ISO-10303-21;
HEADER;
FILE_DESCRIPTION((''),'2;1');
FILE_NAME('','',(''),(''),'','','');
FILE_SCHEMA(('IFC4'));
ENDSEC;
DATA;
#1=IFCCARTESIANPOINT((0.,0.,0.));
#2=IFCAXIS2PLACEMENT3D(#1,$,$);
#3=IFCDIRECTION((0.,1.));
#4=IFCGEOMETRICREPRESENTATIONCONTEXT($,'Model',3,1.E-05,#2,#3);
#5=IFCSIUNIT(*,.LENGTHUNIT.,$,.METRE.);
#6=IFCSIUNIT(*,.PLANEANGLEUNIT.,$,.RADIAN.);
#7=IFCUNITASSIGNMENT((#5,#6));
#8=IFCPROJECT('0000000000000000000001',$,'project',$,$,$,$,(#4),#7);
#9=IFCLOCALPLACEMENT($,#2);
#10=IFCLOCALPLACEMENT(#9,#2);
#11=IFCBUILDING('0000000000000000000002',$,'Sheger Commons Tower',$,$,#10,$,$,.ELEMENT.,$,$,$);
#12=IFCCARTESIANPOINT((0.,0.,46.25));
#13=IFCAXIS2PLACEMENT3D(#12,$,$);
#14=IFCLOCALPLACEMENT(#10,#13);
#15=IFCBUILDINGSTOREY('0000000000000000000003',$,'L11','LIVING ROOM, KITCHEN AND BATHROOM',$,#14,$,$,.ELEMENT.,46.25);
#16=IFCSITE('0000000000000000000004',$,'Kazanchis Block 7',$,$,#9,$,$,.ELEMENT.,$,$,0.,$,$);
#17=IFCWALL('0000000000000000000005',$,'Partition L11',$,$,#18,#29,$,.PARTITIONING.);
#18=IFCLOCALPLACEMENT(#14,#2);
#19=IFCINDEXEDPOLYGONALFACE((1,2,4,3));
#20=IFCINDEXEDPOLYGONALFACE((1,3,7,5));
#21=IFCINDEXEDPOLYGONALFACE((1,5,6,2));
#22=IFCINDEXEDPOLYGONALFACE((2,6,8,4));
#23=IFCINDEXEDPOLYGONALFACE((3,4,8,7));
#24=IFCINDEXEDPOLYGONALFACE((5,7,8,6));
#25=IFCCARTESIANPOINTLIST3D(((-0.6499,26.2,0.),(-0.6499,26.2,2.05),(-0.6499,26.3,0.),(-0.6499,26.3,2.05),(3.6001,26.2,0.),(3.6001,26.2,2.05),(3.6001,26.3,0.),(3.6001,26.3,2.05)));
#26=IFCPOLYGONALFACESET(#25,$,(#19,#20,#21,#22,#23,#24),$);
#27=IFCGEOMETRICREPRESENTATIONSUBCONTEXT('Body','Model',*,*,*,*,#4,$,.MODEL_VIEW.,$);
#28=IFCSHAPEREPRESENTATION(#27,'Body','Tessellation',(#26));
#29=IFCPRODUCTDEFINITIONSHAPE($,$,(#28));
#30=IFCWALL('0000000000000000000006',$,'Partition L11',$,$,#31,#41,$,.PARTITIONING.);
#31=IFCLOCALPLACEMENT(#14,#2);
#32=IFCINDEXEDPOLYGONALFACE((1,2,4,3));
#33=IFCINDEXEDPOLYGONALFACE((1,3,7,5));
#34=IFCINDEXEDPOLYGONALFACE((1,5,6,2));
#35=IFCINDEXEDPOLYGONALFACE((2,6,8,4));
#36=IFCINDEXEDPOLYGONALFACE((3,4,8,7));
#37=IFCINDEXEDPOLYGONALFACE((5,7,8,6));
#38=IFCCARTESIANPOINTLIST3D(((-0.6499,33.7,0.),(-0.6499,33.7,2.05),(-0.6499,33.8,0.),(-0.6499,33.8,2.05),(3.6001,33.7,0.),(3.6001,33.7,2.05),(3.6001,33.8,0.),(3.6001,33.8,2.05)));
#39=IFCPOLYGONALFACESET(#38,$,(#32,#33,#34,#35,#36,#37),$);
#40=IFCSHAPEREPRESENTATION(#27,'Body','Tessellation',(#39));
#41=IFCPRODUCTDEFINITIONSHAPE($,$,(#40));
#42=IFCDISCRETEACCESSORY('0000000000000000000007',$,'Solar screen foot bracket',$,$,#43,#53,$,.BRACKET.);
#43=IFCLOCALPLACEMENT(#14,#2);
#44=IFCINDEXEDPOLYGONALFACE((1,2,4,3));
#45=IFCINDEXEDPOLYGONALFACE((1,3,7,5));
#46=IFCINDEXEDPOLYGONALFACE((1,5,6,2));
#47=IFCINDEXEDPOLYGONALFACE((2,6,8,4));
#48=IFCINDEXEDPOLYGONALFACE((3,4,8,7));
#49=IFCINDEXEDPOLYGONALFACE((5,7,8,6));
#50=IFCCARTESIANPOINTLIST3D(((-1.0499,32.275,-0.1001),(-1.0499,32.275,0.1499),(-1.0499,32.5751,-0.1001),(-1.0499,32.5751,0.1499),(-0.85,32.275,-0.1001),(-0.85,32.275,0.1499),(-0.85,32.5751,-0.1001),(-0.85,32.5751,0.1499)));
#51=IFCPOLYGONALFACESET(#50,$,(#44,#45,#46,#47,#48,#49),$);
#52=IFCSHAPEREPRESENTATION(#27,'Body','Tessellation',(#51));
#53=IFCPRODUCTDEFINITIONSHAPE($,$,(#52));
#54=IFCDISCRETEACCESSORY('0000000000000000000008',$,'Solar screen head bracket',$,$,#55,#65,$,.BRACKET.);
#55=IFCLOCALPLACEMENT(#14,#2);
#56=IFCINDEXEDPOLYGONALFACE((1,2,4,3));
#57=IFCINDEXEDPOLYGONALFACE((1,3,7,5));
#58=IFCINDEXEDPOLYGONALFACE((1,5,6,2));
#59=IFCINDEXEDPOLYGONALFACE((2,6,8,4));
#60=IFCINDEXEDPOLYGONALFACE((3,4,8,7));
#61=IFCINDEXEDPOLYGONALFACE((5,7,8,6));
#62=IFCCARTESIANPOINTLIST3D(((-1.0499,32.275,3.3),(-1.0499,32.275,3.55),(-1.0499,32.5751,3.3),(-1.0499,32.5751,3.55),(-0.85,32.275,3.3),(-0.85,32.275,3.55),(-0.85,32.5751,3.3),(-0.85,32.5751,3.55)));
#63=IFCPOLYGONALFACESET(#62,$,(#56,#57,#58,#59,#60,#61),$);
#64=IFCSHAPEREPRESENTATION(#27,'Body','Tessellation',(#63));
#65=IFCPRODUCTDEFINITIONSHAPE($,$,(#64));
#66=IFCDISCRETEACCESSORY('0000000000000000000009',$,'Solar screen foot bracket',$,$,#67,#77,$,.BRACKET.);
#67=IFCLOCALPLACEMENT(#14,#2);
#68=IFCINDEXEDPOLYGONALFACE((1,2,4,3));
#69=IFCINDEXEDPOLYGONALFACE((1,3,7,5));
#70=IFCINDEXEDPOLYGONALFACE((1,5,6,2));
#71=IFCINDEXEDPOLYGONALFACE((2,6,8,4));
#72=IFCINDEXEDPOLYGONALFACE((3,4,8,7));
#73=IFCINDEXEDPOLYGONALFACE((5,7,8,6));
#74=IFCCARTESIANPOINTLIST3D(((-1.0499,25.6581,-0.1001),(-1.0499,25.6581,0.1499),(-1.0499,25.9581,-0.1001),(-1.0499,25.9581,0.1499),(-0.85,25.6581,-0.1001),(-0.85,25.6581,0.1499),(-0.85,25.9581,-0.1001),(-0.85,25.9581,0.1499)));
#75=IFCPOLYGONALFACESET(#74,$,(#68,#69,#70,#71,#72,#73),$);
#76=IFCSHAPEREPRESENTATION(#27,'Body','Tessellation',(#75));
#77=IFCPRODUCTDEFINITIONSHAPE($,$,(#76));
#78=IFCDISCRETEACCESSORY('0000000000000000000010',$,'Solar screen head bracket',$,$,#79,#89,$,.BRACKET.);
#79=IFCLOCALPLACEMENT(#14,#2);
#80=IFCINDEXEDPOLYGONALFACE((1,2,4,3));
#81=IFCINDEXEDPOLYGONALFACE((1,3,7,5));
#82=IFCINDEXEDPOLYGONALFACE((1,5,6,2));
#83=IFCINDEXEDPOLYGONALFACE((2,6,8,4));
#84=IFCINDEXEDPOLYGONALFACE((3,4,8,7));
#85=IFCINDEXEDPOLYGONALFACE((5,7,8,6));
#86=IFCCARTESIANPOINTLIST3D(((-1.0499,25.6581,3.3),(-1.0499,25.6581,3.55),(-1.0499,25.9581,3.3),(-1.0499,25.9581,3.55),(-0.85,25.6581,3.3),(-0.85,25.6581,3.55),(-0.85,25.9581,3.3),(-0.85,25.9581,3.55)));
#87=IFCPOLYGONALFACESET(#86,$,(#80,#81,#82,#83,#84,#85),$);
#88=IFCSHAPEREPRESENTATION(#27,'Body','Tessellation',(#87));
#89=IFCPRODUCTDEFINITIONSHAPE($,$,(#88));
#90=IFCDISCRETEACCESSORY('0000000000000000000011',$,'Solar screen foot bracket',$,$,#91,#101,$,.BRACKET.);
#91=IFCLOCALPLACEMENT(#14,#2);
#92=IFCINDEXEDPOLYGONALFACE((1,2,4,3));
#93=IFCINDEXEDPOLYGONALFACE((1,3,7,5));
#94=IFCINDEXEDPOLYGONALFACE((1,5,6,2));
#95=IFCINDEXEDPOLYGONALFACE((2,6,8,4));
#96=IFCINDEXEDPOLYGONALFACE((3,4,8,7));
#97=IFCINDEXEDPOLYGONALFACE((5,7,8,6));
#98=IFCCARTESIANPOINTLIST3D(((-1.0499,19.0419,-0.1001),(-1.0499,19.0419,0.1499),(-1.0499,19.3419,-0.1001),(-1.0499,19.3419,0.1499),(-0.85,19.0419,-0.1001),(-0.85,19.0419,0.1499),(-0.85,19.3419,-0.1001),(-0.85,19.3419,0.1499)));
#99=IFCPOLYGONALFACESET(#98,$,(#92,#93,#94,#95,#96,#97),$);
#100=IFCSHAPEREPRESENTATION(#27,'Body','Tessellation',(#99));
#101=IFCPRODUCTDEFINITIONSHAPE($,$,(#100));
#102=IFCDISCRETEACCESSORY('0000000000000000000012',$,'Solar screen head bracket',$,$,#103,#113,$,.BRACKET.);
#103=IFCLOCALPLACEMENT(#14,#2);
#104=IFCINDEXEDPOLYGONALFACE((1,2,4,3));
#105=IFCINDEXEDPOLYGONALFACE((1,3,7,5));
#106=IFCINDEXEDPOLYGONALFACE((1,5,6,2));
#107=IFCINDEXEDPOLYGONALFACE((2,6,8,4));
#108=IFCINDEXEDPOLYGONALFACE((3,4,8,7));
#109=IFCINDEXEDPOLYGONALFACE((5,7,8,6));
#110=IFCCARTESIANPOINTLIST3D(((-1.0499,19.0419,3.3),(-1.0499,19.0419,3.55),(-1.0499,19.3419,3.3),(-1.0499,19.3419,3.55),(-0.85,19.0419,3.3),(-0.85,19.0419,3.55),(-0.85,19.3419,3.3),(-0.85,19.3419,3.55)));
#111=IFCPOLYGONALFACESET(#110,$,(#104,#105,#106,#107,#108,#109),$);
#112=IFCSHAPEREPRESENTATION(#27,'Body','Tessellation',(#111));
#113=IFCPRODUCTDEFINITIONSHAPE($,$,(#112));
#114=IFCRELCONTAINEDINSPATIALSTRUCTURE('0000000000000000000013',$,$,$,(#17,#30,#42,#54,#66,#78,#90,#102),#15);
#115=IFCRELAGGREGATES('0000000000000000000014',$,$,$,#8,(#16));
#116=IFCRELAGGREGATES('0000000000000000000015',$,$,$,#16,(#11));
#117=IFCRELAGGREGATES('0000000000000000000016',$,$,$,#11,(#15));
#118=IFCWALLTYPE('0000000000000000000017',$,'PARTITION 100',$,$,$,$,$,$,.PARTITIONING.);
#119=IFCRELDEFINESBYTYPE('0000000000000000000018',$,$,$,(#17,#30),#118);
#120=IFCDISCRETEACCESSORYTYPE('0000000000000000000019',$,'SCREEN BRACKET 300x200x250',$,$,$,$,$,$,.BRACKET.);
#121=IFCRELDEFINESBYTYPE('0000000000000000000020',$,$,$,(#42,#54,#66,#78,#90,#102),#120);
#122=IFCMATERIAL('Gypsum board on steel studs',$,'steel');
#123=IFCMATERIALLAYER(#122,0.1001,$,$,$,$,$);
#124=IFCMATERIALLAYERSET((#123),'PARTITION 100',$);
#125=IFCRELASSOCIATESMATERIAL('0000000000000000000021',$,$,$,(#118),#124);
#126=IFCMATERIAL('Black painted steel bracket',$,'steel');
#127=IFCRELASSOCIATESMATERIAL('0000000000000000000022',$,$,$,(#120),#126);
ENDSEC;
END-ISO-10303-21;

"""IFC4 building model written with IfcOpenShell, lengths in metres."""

from ifc_helpers import new_model, si_unit, direction, frame, frame_2d, origin, origin_2d, place, context, subcontext, project, spatial, rectangle, extrude, material, layer, layer_set, type_object, element, save


model = new_model("IFC4")

# Units and contexts
model_context = context("Model", 3, precision=1e-05, world=origin(), true_north=direction((0.0, 1.0)))
body_context = subcontext(model_context, "Body", "Model", "MODEL_VIEW")
ifc_project = project(units=[si_unit("LENGTHUNIT", "METRE"), si_unit("PLANEANGLEUNIT", "RADIAN")], contexts=[model_context])

# Site, building, storey
site_placement = place(None, origin())
site = spatial("IfcSite", under=ifc_project, at=site_placement, Name="Kazanchis Block 7", CompositionType="ELEMENT", RefElevation=0.0)
building_placement = place(site_placement, origin())
building = spatial("IfcBuilding", under=site, at=building_placement, Name="Sheger Commons Tower", CompositionType="ELEMENT")
storey_placement = place(building_placement, frame((0.0, 0.0, 46.25)))
storey = spatial("IfcBuildingStorey", under=building, at=storey_placement, Name="L11", Description="LIVING ROOM, KITCHEN AND BATHROOM", CompositionType="ELEMENT", Elevation=46.25)

# Shared definitions
ifc_material_1 = material(Name="Gypsum board on steel studs", Category="steel")
ifc_layer_1 = layer(ifc_material_1, 0.1001)
ifc_layer_set_1 = layer_set([ifc_layer_1], Name="PARTITION 100")
wall_type_1 = type_object("IfcWallType", Name="PARTITION 100", PredefinedType="PARTITIONING", material=ifc_layer_set_1)

# Walls
for number, where, z_axis, x_axis, name in (
    (1, (-0.6499, 26.25, 0.0), (0.0, 0.0, 1.0), (1.0, 0.0, 0.0), "Partition L11"),
    (2, (-0.6499, 33.75, 0.0), (0.0, 0.0, 1.0), (1.0, 0.0, 0.0), "Partition L11"),
):
    element("IfcWall", number, at=place(storey_placement, frame(where, z_axis=z_axis, x_axis=x_axis)), inside=storey, type_object=wall_type_1, Name=name, PredefinedType="PARTITIONING", context=body_context, shape_type="SweptSolid", body=[
        extrude(rectangle(XDim=4.25, YDim=0.1001, at=frame_2d((2.125, 0.0))), origin(), (0.0, 0.0, 1.0), 2.05),
    ])

# Discrete accessories
ifc_material_2 = material(Name="Black painted steel bracket", Category="steel")
discrete_accessory_type = type_object("IfcDiscreteAccessoryType", Name="SCREEN BRACKET 300x200x250", PredefinedType="BRACKET", material=ifc_material_2)
for number, where, z_axis, x_axis, name in (
    (3, (-0.95, 32.425, -0.1001), (0.0, 0.0, 1.0), (0.0, -1.0, 0.0), "Solar screen foot bracket"),
    (4, (-0.95, 32.425, 3.3), (0.0, 0.0, 1.0), (0.0, -1.0, 0.0), "Solar screen head bracket"),
    (5, (-0.95, 25.8081, -0.1001), (0.0, 0.0, 1.0), (0.0, -1.0, 0.0), "Solar screen foot bracket"),
    (6, (-0.95, 25.8081, 3.3), (0.0, 0.0, 1.0), (0.0, -1.0, 0.0), "Solar screen head bracket"),
    (7, (-0.95, 19.1919, -0.1001), (0.0, 0.0, 1.0), (0.0, -1.0, 0.0), "Solar screen foot bracket"),
    (8, (-0.95, 19.1919, 3.3), (0.0, 0.0, 1.0), (0.0, -1.0, 0.0), "Solar screen head bracket"),
):
    element("IfcDiscreteAccessory", number, at=place(storey_placement, frame(where, z_axis=z_axis, x_axis=x_axis)), inside=storey, type_object=discrete_accessory_type, Name=name, PredefinedType="BRACKET", context=body_context, shape_type="SweptSolid", body=[
        extrude(rectangle(XDim=0.3, YDim=0.2, at=origin_2d()), origin(), (0.0, 0.0, 1.0), 0.25),
    ])

save(model, "model.ifc")
